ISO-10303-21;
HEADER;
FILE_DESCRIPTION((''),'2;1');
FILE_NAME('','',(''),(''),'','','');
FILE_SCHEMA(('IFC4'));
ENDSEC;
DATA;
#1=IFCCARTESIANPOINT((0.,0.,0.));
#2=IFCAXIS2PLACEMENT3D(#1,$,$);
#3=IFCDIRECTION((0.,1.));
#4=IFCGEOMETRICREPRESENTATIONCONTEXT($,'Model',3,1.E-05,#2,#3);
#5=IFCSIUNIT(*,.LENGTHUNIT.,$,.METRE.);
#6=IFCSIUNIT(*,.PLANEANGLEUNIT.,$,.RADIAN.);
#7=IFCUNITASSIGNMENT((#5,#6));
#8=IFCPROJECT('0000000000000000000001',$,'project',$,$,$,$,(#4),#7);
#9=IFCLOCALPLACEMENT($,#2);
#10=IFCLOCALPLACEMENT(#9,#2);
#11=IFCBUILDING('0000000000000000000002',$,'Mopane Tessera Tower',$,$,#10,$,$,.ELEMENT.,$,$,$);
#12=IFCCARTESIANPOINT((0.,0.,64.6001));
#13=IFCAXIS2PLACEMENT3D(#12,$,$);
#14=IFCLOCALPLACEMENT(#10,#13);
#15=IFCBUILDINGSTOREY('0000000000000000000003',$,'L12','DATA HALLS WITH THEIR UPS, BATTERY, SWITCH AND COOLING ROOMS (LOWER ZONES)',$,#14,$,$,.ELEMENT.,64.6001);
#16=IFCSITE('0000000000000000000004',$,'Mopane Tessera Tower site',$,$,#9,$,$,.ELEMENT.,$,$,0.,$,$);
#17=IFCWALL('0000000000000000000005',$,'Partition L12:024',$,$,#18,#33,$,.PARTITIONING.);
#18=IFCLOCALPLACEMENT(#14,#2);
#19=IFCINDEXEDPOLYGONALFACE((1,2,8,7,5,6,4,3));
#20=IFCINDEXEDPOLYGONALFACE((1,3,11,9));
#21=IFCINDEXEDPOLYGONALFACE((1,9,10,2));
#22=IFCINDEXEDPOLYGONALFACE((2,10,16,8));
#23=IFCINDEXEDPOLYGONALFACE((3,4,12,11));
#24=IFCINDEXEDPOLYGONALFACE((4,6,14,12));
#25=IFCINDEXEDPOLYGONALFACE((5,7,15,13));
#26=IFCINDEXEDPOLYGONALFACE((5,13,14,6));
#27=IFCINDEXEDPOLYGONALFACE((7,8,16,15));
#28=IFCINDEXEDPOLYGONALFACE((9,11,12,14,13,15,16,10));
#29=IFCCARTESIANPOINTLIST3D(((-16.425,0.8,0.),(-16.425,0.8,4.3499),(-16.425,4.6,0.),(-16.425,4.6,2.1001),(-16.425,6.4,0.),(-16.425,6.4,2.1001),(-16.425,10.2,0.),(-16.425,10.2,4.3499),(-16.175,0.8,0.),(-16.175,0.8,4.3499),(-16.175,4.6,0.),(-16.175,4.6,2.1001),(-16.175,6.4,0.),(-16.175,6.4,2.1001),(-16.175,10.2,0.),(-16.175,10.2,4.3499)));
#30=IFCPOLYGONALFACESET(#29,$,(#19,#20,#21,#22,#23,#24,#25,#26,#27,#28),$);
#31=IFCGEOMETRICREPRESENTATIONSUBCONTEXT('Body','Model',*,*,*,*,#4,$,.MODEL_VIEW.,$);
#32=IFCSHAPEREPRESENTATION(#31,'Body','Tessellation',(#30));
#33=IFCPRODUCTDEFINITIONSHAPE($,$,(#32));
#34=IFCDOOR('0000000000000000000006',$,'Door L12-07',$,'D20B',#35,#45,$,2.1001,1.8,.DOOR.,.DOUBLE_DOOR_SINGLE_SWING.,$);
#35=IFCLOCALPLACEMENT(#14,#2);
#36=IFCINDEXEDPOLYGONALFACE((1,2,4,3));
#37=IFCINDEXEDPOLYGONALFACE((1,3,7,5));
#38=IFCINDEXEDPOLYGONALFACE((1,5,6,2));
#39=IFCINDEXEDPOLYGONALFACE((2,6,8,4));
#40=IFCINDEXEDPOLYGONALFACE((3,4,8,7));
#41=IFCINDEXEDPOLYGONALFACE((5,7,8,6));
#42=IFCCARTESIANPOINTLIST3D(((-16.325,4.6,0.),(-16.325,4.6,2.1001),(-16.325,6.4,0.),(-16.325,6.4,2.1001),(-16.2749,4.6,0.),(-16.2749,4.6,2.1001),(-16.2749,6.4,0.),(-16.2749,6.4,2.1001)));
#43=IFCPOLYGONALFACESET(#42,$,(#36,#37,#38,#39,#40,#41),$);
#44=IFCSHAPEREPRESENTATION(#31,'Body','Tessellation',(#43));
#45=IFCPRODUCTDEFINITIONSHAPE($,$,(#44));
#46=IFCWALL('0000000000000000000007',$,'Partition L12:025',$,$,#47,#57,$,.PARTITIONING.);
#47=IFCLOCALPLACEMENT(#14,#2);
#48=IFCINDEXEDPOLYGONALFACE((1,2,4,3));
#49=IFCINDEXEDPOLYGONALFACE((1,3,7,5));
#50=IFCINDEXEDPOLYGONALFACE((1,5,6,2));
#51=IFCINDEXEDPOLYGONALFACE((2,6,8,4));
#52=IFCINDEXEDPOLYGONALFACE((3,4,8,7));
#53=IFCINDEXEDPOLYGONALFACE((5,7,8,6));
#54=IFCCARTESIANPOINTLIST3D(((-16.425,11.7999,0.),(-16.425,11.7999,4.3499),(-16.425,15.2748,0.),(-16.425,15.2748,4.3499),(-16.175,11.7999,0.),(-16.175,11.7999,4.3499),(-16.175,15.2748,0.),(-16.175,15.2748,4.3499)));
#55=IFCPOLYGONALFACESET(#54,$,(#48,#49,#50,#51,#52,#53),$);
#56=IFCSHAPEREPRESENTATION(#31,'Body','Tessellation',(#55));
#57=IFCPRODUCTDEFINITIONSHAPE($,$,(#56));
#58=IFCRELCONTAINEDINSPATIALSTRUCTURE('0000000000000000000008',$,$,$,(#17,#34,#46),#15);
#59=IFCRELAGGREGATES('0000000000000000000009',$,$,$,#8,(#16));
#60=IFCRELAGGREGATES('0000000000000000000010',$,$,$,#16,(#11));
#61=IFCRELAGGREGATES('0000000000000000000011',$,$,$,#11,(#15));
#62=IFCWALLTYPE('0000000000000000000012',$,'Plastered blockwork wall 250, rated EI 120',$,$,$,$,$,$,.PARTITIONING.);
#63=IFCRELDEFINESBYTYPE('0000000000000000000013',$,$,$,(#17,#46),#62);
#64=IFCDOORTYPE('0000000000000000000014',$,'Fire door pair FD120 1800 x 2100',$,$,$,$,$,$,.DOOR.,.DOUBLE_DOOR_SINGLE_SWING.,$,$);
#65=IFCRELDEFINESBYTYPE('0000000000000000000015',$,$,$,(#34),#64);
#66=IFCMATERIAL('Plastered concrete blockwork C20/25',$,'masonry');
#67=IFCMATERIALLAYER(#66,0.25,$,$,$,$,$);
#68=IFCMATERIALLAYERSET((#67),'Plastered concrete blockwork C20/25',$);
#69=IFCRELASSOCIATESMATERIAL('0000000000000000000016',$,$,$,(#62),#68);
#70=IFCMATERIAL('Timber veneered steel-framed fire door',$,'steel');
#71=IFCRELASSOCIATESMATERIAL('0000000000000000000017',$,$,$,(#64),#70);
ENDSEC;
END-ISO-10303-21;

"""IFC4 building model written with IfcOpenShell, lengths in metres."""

from ifc_helpers import new_model, si_unit, direction, frame, frame_2d, origin, place, context, subcontext, project, spatial, rectangle, extrude, material, layer, layer_set, type_object, element, fill, save


model = new_model("IFC4")

# Units and contexts
model_context = context("Model", 3, precision=1e-05, world=origin(), true_north=direction((0.0, 1.0)))
body_context = subcontext(model_context, "Body", "Model", "MODEL_VIEW")
ifc_project = project(units=[si_unit("LENGTHUNIT", "METRE"), si_unit("PLANEANGLEUNIT", "RADIAN")], contexts=[model_context])

# Site, building, storey
site_placement = place(None, origin())
site = spatial("IfcSite", under=ifc_project, at=site_placement, Name="Mopane Tessera Tower site", CompositionType="ELEMENT", RefElevation=0.0)
building_placement = place(site_placement, origin())
building = spatial("IfcBuilding", under=site, at=building_placement, Name="Mopane Tessera Tower", CompositionType="ELEMENT")
storey_placement = place(building_placement, frame((0.0, 0.0, 64.6001)))
storey = spatial("IfcBuildingStorey", under=building, at=storey_placement, Name="L12", Description="DATA HALLS WITH THEIR UPS, BATTERY, SWITCH AND COOLING ROOMS (LOWER ZONES)", CompositionType="ELEMENT", Elevation=64.6001)

# Wall, opening, door
ifc_material_1 = material(Name="Plastered concrete blockwork C20/25", Category="masonry")
ifc_layer_1 = layer(ifc_material_1, 0.25)
ifc_layer_set_1 = layer_set([ifc_layer_1], Name="Plastered concrete blockwork C20/25")
wall_type_1 = type_object("IfcWallType", Name="Plastered blockwork wall 250, rated EI 120", PredefinedType="PARTITIONING", material=ifc_layer_set_1)
wall_1_placement = place(storey_placement, frame((-16.3, 0.8, 0.0), z_axis=(0.0, 0.0, 1.0), x_axis=(0.0, 1.0, 0.0)))
wall_1 = element("IfcWall", 1, at=wall_1_placement, inside=storey, type_object=wall_type_1, Name="Partition L12:024", PredefinedType="PARTITIONING", context=body_context, shape_type="SweptSolid", body=[
    extrude(rectangle(XDim=9.3999, YDim=0.25, at=frame_2d((4.7, 0.0))), origin(), (0.0, 0.0, 1.0), 4.3499),
])
opening_1_placement = place(wall_1_placement, frame((3.8, 0.0, 0.0)))
opening_1 = element("IfcOpeningElement", 2, at=opening_1_placement, cuts=wall_1, PredefinedType="OPENING", context=body_context, shape_type="SweptSolid", body=[
    extrude(rectangle(XDim=1.8, YDim=2.1001, at=frame_2d((0.8999, 1.05))), frame((0.0, 0.137, 0.0), z_axis=(0.0, -1.0, 0.0), x_axis=(1.0, 0.0, 0.0)), (0.0, 0.0, 1.0), 0.2739),
])
ifc_material_2 = material(Name="Timber veneered steel-framed fire door", Category="steel")
door_type_1 = type_object("IfcDoorType", Name="Fire door pair FD120 1800 x 2100", OperationType="DOUBLE_DOOR_SINGLE_SWING", PredefinedType="DOOR", material=ifc_material_2)
door_1_placement = place(opening_1_placement, origin())
door_1 = element("IfcDoor", 3, at=door_1_placement, inside=storey, type_object=door_type_1, Name="Door L12-07", ObjectType="D20B", OperationType="DOUBLE_DOOR_SINGLE_SWING", OverallHeight=2.1001, OverallWidth=1.8, PredefinedType="DOOR", context=body_context, shape_type="SweptSolid", body=[
    extrude(rectangle(XDim=1.8, YDim=2.1001, at=frame_2d((0.8999, 1.05))), frame((0.0, 0.0249, 0.0), z_axis=(0.0, -1.0, 0.0), x_axis=(1.0, 0.0, 0.0)), (0.0, 0.0, 1.0), 0.05),
])
fill(opening_1, door_1)

# Wall
wall_2_placement = place(storey_placement, frame((-16.3, 11.8, 0.0), z_axis=(0.0, 0.0, 1.0), x_axis=(0.0, 1.0, 0.0)))
element("IfcWall", 4, at=wall_2_placement, inside=storey, type_object=wall_type_1, Name="Partition L12:025", PredefinedType="PARTITIONING", context=body_context, shape_type="SweptSolid", body=[
    extrude(rectangle(XDim=3.4749, YDim=0.25, at=frame_2d((1.7373, 0.0))), origin(), (0.0, 0.0, 1.0), 4.3499),
])

save(model, "model.ifc")
